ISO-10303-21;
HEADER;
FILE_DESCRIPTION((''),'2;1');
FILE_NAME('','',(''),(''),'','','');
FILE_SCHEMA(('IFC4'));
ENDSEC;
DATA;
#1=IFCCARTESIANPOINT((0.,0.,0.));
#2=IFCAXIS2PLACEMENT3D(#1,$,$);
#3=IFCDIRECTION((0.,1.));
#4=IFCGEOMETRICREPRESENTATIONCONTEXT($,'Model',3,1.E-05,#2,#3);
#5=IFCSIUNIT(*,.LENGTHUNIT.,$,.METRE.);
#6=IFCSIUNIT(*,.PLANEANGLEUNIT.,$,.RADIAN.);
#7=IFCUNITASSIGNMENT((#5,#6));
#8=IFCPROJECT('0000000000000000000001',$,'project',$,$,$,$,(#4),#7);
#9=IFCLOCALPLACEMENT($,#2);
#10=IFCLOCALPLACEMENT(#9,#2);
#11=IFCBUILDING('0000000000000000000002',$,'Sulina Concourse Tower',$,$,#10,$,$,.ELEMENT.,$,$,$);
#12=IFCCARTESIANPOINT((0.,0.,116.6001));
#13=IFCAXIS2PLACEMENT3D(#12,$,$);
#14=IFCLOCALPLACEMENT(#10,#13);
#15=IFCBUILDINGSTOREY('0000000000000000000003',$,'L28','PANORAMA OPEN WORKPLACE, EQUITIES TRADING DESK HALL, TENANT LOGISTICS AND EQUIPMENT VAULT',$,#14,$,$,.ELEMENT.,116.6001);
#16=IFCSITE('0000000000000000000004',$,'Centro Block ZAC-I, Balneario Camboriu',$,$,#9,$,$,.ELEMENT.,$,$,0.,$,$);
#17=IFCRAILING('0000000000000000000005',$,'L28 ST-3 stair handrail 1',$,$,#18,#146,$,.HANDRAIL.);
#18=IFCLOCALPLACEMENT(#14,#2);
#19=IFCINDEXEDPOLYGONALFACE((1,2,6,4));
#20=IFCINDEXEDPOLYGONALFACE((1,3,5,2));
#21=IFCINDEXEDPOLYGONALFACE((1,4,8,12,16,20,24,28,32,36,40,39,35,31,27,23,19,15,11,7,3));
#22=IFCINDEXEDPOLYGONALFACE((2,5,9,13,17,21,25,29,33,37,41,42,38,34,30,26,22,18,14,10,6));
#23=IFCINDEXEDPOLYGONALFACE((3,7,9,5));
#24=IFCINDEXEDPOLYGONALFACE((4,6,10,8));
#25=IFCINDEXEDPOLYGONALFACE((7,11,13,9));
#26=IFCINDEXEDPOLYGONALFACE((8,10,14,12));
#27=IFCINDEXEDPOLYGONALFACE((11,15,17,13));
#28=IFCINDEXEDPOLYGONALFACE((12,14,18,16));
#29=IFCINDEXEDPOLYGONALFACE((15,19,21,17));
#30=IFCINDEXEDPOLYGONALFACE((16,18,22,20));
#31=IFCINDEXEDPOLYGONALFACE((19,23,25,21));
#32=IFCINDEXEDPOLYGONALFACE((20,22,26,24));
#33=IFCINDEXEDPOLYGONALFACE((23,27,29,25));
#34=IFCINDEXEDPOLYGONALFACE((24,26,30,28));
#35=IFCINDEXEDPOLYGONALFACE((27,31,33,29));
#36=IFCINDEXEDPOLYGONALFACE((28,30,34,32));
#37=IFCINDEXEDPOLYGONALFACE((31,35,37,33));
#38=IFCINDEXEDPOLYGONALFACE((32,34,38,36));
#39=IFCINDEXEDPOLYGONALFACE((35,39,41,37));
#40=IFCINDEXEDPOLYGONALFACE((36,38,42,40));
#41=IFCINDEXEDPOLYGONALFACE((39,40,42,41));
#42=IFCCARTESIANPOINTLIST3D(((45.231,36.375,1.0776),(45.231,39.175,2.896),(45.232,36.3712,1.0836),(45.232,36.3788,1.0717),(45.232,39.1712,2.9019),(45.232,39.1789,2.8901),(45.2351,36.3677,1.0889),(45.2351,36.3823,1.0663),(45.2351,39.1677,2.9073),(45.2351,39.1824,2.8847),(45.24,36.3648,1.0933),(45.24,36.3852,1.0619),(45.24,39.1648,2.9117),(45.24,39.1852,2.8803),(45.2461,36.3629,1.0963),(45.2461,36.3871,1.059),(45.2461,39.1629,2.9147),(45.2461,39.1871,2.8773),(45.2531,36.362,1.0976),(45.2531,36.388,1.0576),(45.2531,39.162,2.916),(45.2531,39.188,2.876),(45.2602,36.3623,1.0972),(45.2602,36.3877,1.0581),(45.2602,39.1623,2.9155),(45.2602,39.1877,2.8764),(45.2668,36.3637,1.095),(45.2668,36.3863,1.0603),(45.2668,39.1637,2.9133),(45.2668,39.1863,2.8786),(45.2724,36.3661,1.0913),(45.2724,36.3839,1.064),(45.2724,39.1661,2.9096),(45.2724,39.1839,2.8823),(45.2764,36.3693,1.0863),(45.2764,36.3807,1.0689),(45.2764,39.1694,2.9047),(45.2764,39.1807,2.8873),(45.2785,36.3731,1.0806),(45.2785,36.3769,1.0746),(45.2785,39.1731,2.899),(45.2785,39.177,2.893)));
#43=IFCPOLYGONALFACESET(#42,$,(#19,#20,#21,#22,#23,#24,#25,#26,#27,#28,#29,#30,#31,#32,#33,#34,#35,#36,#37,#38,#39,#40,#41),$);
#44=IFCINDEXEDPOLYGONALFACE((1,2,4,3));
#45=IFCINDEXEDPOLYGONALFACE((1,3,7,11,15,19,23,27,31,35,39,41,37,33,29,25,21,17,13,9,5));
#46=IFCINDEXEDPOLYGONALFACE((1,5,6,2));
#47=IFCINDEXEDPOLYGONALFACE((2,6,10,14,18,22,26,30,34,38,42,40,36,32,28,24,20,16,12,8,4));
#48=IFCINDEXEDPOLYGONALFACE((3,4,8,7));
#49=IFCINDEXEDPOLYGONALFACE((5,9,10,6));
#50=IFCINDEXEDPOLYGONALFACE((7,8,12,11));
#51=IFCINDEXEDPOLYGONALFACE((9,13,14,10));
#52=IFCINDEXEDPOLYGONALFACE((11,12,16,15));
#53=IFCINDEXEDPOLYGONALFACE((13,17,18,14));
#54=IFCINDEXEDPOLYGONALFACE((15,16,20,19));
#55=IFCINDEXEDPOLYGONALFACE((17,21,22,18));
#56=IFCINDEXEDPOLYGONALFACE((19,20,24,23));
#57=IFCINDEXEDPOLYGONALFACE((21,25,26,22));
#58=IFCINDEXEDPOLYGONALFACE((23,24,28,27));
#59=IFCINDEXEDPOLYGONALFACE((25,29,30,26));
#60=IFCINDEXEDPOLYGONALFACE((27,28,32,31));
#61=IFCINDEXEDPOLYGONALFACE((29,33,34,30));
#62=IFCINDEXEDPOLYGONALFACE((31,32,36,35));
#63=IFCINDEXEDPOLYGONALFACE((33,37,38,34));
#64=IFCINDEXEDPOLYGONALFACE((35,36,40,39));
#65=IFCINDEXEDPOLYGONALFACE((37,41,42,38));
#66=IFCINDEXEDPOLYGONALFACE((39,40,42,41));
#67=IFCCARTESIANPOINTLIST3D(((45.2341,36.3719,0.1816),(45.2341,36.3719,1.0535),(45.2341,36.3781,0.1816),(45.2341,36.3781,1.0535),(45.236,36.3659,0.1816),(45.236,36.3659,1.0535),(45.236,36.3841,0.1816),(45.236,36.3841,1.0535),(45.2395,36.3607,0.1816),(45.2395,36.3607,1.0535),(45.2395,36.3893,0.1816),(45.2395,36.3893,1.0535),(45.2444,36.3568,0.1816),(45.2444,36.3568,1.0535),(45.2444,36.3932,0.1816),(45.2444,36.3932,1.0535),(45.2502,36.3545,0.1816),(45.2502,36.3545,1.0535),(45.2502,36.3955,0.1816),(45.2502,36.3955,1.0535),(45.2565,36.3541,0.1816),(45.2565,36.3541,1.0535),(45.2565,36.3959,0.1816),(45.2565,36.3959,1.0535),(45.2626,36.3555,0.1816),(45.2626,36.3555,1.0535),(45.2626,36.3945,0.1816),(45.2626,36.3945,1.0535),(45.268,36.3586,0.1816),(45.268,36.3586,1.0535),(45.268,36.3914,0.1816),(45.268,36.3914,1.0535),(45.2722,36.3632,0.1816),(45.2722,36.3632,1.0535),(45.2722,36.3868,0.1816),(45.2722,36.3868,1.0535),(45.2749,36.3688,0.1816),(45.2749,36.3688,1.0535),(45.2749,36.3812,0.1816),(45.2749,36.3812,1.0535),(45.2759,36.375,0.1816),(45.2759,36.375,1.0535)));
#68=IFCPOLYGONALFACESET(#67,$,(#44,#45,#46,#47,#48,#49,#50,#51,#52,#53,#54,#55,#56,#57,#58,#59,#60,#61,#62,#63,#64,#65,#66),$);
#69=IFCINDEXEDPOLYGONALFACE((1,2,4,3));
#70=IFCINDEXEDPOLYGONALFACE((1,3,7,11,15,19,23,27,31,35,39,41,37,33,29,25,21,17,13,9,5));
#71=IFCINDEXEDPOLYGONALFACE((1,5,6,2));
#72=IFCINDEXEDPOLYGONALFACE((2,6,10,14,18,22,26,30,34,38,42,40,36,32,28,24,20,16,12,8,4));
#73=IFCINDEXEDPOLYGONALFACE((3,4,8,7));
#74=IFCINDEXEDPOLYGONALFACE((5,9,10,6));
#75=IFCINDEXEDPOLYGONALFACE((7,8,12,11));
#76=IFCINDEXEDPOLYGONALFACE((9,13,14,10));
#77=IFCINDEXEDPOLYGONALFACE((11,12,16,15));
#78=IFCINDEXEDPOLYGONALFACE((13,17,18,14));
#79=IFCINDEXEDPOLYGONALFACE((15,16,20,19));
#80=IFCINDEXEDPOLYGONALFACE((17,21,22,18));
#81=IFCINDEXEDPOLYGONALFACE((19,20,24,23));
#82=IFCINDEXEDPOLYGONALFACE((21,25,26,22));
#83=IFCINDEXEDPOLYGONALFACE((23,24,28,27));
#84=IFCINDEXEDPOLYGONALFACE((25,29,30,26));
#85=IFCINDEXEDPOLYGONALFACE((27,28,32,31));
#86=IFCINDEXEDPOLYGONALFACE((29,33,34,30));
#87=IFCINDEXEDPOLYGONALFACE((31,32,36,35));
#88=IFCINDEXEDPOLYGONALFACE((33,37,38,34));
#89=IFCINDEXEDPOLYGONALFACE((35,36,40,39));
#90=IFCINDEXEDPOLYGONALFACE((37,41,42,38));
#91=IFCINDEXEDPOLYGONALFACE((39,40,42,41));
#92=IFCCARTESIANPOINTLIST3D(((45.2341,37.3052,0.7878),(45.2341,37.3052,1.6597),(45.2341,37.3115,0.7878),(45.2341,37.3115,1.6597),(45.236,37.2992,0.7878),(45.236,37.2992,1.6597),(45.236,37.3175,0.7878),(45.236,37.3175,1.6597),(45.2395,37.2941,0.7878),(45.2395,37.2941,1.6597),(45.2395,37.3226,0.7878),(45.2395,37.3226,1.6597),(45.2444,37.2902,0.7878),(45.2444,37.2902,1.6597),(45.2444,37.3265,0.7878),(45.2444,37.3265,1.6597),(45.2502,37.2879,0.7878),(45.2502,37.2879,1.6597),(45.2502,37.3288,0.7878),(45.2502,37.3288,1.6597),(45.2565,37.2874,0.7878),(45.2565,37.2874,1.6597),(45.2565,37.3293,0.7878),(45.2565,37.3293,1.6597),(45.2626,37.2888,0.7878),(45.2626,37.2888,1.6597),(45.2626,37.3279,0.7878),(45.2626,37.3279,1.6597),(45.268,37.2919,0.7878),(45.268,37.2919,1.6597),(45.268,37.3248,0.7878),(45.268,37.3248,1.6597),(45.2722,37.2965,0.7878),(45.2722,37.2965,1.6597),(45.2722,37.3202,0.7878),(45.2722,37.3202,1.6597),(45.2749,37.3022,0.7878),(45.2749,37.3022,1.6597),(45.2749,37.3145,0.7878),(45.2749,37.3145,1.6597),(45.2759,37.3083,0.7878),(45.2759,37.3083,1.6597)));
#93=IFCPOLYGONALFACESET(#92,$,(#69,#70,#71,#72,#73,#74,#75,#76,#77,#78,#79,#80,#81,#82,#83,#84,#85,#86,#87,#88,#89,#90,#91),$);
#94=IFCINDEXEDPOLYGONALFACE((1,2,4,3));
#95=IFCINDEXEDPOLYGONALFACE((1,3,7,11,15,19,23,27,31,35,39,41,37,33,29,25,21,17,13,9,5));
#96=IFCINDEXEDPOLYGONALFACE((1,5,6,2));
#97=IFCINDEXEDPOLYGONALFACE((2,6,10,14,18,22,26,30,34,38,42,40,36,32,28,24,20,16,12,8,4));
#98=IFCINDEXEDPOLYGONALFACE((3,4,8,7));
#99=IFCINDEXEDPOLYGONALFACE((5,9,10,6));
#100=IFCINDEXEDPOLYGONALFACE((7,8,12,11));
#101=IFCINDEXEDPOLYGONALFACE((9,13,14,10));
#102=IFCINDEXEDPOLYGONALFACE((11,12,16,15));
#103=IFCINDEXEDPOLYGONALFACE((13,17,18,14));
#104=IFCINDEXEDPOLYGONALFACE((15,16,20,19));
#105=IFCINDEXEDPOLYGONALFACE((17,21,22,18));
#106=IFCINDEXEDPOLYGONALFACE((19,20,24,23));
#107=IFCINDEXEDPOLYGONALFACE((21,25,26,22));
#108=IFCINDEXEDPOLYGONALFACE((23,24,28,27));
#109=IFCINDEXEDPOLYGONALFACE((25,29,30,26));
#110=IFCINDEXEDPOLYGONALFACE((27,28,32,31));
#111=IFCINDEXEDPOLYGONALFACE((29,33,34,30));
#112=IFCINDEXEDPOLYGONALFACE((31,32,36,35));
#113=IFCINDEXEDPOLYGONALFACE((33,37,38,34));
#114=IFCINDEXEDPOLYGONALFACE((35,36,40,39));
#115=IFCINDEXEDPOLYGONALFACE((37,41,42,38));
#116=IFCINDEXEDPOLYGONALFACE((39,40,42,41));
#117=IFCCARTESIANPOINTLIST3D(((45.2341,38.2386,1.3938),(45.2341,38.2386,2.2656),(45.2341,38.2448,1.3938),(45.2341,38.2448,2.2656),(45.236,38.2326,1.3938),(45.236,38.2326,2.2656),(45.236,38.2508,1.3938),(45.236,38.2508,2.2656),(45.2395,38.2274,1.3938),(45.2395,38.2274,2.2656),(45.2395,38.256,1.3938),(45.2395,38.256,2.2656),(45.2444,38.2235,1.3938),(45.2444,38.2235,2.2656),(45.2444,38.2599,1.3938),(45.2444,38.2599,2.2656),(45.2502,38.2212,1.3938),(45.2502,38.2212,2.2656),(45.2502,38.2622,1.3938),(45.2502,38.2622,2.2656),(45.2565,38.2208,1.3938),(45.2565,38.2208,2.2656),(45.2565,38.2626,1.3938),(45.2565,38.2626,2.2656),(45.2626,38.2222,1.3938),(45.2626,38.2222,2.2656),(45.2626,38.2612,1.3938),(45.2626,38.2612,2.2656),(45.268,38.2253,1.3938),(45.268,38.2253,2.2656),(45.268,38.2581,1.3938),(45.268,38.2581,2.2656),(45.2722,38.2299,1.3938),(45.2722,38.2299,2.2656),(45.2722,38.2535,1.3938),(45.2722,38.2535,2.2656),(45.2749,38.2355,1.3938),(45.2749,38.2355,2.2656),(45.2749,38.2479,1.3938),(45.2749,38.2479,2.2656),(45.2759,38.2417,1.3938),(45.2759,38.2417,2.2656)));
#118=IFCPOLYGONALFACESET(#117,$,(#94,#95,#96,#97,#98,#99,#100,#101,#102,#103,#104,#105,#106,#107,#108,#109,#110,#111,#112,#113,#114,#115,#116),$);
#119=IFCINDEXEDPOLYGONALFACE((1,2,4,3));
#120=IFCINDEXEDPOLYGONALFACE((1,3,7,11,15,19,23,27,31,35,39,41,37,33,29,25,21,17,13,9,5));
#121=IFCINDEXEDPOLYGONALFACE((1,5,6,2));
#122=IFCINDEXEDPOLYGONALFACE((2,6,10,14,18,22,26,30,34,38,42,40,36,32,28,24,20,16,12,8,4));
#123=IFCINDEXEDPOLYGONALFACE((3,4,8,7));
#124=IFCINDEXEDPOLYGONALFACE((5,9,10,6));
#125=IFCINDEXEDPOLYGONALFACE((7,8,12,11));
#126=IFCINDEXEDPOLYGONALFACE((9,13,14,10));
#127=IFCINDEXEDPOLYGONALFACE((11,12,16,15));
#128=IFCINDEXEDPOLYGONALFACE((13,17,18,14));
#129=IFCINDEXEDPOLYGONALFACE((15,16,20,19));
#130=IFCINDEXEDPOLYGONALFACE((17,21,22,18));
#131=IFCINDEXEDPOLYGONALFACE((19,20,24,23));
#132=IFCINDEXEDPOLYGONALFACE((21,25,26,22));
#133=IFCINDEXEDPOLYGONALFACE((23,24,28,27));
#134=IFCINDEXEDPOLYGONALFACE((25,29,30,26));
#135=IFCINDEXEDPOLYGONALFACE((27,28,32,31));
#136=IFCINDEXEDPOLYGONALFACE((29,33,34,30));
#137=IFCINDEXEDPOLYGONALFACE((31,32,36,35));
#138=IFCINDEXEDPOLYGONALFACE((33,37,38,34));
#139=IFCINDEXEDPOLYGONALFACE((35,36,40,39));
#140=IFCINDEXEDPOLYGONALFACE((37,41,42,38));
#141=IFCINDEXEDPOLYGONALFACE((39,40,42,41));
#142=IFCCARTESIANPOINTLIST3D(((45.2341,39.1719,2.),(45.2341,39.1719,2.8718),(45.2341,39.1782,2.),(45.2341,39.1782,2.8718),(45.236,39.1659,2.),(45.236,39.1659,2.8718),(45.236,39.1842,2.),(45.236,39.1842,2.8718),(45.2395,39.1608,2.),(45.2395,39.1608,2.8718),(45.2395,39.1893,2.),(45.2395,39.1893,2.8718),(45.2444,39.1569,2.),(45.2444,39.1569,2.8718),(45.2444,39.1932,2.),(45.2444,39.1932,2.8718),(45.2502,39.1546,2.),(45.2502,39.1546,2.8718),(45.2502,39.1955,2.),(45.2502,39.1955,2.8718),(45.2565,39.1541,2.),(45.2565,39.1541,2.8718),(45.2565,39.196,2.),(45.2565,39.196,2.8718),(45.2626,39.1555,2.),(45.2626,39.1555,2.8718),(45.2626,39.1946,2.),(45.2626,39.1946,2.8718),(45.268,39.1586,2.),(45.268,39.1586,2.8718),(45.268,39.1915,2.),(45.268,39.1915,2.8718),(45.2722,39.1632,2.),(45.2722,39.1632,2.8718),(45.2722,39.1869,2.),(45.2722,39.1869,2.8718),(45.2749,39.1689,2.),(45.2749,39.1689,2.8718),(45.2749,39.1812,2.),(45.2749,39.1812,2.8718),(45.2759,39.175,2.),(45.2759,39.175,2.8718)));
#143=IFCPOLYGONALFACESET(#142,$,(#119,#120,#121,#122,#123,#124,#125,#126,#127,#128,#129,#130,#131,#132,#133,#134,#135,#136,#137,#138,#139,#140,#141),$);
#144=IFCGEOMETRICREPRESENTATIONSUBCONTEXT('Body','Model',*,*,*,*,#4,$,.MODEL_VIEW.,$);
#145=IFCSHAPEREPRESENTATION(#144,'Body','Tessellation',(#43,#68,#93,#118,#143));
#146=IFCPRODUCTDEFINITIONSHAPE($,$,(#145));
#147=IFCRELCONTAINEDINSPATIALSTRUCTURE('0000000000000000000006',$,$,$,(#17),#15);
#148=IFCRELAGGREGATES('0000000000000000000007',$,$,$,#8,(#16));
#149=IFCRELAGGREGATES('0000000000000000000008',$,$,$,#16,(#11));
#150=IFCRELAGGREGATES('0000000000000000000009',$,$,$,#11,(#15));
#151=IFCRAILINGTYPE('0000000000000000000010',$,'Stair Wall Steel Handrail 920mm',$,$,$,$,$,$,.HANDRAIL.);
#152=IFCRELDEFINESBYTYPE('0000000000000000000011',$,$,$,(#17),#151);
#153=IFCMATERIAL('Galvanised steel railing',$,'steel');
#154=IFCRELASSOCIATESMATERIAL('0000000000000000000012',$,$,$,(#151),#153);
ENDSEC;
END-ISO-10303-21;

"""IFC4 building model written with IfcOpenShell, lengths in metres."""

from ifc_helpers import new_model, si_unit, direction, frame, origin, origin_2d, place, context, subcontext, project, spatial, circle, extrude, material, type_object, element, save


model = new_model("IFC4")

# Units and contexts
model_context = context("Model", 3, precision=1e-05, world=origin(), true_north=direction((0.0, 1.0)))
body_context = subcontext(model_context, "Body", "Model", "MODEL_VIEW")
ifc_project = project(units=[si_unit("LENGTHUNIT", "METRE"), si_unit("PLANEANGLEUNIT", "RADIAN")], contexts=[model_context])

# Site, building, storey
site_placement = place(None, origin())
site = spatial("IfcSite", under=ifc_project, at=site_placement, Name="Centro Block ZAC-I, Balneario Camboriu", CompositionType="ELEMENT", RefElevation=0.0)
building_placement = place(site_placement, origin())
building = spatial("IfcBuilding", under=site, at=building_placement, Name="Sulina Concourse Tower", CompositionType="ELEMENT")
storey_placement = place(building_placement, frame((0.0, 0.0, 116.6001)))
storey = spatial("IfcBuildingStorey", under=building, at=storey_placement, Name="L28", Description="PANORAMA OPEN WORKPLACE, EQUITIES TRADING DESK HALL, TENANT LOGISTICS AND EQUIPMENT VAULT", CompositionType="ELEMENT", Elevation=116.6001)

# Railing
ifc_material_1 = material(Name="Galvanised steel railing", Category="steel")
railing_type_1 = type_object("IfcRailingType", Name="Stair Wall Steel Handrail 920mm", PredefinedType="HANDRAIL", material=ifc_material_1)
railing_1_placement = place(storey_placement, frame((45.2549, 36.375, 0.1816)))
element("IfcRailing", 1, at=railing_1_placement, inside=storey, type_object=railing_type_1, Name="L28 ST-3 stair handrail 1", PredefinedType="HANDRAIL", context=body_context, shape_type="SweptSolid", body=[
    extrude(circle(Radius=0.0239, at=origin_2d()), frame((0.0, 0.0, 0.896), z_axis=(0.0, 0.838672, 0.544636), x_axis=(-1.0, 0.0, 0.0)), (0.0, 0.0, 1.0), 3.3386),
    extrude(circle(Radius=0.021, at=origin_2d()), origin(), (0.0, 0.0, 1.0), 0.8718),
    extrude(circle(Radius=0.021, at=origin_2d()), frame((0.0, 0.9333, 0.6062)), (0.0, 0.0, 1.0), 0.8718),
    extrude(circle(Radius=0.021, at=origin_2d()), frame((0.0, 1.8667, 1.2122)), (0.0, 0.0, 1.0), 0.8718),
    extrude(circle(Radius=0.021, at=origin_2d()), frame((0.0, 2.8, 1.8184)), (0.0, 0.0, 1.0), 0.8718),
])

save(model, "model.ifc")
